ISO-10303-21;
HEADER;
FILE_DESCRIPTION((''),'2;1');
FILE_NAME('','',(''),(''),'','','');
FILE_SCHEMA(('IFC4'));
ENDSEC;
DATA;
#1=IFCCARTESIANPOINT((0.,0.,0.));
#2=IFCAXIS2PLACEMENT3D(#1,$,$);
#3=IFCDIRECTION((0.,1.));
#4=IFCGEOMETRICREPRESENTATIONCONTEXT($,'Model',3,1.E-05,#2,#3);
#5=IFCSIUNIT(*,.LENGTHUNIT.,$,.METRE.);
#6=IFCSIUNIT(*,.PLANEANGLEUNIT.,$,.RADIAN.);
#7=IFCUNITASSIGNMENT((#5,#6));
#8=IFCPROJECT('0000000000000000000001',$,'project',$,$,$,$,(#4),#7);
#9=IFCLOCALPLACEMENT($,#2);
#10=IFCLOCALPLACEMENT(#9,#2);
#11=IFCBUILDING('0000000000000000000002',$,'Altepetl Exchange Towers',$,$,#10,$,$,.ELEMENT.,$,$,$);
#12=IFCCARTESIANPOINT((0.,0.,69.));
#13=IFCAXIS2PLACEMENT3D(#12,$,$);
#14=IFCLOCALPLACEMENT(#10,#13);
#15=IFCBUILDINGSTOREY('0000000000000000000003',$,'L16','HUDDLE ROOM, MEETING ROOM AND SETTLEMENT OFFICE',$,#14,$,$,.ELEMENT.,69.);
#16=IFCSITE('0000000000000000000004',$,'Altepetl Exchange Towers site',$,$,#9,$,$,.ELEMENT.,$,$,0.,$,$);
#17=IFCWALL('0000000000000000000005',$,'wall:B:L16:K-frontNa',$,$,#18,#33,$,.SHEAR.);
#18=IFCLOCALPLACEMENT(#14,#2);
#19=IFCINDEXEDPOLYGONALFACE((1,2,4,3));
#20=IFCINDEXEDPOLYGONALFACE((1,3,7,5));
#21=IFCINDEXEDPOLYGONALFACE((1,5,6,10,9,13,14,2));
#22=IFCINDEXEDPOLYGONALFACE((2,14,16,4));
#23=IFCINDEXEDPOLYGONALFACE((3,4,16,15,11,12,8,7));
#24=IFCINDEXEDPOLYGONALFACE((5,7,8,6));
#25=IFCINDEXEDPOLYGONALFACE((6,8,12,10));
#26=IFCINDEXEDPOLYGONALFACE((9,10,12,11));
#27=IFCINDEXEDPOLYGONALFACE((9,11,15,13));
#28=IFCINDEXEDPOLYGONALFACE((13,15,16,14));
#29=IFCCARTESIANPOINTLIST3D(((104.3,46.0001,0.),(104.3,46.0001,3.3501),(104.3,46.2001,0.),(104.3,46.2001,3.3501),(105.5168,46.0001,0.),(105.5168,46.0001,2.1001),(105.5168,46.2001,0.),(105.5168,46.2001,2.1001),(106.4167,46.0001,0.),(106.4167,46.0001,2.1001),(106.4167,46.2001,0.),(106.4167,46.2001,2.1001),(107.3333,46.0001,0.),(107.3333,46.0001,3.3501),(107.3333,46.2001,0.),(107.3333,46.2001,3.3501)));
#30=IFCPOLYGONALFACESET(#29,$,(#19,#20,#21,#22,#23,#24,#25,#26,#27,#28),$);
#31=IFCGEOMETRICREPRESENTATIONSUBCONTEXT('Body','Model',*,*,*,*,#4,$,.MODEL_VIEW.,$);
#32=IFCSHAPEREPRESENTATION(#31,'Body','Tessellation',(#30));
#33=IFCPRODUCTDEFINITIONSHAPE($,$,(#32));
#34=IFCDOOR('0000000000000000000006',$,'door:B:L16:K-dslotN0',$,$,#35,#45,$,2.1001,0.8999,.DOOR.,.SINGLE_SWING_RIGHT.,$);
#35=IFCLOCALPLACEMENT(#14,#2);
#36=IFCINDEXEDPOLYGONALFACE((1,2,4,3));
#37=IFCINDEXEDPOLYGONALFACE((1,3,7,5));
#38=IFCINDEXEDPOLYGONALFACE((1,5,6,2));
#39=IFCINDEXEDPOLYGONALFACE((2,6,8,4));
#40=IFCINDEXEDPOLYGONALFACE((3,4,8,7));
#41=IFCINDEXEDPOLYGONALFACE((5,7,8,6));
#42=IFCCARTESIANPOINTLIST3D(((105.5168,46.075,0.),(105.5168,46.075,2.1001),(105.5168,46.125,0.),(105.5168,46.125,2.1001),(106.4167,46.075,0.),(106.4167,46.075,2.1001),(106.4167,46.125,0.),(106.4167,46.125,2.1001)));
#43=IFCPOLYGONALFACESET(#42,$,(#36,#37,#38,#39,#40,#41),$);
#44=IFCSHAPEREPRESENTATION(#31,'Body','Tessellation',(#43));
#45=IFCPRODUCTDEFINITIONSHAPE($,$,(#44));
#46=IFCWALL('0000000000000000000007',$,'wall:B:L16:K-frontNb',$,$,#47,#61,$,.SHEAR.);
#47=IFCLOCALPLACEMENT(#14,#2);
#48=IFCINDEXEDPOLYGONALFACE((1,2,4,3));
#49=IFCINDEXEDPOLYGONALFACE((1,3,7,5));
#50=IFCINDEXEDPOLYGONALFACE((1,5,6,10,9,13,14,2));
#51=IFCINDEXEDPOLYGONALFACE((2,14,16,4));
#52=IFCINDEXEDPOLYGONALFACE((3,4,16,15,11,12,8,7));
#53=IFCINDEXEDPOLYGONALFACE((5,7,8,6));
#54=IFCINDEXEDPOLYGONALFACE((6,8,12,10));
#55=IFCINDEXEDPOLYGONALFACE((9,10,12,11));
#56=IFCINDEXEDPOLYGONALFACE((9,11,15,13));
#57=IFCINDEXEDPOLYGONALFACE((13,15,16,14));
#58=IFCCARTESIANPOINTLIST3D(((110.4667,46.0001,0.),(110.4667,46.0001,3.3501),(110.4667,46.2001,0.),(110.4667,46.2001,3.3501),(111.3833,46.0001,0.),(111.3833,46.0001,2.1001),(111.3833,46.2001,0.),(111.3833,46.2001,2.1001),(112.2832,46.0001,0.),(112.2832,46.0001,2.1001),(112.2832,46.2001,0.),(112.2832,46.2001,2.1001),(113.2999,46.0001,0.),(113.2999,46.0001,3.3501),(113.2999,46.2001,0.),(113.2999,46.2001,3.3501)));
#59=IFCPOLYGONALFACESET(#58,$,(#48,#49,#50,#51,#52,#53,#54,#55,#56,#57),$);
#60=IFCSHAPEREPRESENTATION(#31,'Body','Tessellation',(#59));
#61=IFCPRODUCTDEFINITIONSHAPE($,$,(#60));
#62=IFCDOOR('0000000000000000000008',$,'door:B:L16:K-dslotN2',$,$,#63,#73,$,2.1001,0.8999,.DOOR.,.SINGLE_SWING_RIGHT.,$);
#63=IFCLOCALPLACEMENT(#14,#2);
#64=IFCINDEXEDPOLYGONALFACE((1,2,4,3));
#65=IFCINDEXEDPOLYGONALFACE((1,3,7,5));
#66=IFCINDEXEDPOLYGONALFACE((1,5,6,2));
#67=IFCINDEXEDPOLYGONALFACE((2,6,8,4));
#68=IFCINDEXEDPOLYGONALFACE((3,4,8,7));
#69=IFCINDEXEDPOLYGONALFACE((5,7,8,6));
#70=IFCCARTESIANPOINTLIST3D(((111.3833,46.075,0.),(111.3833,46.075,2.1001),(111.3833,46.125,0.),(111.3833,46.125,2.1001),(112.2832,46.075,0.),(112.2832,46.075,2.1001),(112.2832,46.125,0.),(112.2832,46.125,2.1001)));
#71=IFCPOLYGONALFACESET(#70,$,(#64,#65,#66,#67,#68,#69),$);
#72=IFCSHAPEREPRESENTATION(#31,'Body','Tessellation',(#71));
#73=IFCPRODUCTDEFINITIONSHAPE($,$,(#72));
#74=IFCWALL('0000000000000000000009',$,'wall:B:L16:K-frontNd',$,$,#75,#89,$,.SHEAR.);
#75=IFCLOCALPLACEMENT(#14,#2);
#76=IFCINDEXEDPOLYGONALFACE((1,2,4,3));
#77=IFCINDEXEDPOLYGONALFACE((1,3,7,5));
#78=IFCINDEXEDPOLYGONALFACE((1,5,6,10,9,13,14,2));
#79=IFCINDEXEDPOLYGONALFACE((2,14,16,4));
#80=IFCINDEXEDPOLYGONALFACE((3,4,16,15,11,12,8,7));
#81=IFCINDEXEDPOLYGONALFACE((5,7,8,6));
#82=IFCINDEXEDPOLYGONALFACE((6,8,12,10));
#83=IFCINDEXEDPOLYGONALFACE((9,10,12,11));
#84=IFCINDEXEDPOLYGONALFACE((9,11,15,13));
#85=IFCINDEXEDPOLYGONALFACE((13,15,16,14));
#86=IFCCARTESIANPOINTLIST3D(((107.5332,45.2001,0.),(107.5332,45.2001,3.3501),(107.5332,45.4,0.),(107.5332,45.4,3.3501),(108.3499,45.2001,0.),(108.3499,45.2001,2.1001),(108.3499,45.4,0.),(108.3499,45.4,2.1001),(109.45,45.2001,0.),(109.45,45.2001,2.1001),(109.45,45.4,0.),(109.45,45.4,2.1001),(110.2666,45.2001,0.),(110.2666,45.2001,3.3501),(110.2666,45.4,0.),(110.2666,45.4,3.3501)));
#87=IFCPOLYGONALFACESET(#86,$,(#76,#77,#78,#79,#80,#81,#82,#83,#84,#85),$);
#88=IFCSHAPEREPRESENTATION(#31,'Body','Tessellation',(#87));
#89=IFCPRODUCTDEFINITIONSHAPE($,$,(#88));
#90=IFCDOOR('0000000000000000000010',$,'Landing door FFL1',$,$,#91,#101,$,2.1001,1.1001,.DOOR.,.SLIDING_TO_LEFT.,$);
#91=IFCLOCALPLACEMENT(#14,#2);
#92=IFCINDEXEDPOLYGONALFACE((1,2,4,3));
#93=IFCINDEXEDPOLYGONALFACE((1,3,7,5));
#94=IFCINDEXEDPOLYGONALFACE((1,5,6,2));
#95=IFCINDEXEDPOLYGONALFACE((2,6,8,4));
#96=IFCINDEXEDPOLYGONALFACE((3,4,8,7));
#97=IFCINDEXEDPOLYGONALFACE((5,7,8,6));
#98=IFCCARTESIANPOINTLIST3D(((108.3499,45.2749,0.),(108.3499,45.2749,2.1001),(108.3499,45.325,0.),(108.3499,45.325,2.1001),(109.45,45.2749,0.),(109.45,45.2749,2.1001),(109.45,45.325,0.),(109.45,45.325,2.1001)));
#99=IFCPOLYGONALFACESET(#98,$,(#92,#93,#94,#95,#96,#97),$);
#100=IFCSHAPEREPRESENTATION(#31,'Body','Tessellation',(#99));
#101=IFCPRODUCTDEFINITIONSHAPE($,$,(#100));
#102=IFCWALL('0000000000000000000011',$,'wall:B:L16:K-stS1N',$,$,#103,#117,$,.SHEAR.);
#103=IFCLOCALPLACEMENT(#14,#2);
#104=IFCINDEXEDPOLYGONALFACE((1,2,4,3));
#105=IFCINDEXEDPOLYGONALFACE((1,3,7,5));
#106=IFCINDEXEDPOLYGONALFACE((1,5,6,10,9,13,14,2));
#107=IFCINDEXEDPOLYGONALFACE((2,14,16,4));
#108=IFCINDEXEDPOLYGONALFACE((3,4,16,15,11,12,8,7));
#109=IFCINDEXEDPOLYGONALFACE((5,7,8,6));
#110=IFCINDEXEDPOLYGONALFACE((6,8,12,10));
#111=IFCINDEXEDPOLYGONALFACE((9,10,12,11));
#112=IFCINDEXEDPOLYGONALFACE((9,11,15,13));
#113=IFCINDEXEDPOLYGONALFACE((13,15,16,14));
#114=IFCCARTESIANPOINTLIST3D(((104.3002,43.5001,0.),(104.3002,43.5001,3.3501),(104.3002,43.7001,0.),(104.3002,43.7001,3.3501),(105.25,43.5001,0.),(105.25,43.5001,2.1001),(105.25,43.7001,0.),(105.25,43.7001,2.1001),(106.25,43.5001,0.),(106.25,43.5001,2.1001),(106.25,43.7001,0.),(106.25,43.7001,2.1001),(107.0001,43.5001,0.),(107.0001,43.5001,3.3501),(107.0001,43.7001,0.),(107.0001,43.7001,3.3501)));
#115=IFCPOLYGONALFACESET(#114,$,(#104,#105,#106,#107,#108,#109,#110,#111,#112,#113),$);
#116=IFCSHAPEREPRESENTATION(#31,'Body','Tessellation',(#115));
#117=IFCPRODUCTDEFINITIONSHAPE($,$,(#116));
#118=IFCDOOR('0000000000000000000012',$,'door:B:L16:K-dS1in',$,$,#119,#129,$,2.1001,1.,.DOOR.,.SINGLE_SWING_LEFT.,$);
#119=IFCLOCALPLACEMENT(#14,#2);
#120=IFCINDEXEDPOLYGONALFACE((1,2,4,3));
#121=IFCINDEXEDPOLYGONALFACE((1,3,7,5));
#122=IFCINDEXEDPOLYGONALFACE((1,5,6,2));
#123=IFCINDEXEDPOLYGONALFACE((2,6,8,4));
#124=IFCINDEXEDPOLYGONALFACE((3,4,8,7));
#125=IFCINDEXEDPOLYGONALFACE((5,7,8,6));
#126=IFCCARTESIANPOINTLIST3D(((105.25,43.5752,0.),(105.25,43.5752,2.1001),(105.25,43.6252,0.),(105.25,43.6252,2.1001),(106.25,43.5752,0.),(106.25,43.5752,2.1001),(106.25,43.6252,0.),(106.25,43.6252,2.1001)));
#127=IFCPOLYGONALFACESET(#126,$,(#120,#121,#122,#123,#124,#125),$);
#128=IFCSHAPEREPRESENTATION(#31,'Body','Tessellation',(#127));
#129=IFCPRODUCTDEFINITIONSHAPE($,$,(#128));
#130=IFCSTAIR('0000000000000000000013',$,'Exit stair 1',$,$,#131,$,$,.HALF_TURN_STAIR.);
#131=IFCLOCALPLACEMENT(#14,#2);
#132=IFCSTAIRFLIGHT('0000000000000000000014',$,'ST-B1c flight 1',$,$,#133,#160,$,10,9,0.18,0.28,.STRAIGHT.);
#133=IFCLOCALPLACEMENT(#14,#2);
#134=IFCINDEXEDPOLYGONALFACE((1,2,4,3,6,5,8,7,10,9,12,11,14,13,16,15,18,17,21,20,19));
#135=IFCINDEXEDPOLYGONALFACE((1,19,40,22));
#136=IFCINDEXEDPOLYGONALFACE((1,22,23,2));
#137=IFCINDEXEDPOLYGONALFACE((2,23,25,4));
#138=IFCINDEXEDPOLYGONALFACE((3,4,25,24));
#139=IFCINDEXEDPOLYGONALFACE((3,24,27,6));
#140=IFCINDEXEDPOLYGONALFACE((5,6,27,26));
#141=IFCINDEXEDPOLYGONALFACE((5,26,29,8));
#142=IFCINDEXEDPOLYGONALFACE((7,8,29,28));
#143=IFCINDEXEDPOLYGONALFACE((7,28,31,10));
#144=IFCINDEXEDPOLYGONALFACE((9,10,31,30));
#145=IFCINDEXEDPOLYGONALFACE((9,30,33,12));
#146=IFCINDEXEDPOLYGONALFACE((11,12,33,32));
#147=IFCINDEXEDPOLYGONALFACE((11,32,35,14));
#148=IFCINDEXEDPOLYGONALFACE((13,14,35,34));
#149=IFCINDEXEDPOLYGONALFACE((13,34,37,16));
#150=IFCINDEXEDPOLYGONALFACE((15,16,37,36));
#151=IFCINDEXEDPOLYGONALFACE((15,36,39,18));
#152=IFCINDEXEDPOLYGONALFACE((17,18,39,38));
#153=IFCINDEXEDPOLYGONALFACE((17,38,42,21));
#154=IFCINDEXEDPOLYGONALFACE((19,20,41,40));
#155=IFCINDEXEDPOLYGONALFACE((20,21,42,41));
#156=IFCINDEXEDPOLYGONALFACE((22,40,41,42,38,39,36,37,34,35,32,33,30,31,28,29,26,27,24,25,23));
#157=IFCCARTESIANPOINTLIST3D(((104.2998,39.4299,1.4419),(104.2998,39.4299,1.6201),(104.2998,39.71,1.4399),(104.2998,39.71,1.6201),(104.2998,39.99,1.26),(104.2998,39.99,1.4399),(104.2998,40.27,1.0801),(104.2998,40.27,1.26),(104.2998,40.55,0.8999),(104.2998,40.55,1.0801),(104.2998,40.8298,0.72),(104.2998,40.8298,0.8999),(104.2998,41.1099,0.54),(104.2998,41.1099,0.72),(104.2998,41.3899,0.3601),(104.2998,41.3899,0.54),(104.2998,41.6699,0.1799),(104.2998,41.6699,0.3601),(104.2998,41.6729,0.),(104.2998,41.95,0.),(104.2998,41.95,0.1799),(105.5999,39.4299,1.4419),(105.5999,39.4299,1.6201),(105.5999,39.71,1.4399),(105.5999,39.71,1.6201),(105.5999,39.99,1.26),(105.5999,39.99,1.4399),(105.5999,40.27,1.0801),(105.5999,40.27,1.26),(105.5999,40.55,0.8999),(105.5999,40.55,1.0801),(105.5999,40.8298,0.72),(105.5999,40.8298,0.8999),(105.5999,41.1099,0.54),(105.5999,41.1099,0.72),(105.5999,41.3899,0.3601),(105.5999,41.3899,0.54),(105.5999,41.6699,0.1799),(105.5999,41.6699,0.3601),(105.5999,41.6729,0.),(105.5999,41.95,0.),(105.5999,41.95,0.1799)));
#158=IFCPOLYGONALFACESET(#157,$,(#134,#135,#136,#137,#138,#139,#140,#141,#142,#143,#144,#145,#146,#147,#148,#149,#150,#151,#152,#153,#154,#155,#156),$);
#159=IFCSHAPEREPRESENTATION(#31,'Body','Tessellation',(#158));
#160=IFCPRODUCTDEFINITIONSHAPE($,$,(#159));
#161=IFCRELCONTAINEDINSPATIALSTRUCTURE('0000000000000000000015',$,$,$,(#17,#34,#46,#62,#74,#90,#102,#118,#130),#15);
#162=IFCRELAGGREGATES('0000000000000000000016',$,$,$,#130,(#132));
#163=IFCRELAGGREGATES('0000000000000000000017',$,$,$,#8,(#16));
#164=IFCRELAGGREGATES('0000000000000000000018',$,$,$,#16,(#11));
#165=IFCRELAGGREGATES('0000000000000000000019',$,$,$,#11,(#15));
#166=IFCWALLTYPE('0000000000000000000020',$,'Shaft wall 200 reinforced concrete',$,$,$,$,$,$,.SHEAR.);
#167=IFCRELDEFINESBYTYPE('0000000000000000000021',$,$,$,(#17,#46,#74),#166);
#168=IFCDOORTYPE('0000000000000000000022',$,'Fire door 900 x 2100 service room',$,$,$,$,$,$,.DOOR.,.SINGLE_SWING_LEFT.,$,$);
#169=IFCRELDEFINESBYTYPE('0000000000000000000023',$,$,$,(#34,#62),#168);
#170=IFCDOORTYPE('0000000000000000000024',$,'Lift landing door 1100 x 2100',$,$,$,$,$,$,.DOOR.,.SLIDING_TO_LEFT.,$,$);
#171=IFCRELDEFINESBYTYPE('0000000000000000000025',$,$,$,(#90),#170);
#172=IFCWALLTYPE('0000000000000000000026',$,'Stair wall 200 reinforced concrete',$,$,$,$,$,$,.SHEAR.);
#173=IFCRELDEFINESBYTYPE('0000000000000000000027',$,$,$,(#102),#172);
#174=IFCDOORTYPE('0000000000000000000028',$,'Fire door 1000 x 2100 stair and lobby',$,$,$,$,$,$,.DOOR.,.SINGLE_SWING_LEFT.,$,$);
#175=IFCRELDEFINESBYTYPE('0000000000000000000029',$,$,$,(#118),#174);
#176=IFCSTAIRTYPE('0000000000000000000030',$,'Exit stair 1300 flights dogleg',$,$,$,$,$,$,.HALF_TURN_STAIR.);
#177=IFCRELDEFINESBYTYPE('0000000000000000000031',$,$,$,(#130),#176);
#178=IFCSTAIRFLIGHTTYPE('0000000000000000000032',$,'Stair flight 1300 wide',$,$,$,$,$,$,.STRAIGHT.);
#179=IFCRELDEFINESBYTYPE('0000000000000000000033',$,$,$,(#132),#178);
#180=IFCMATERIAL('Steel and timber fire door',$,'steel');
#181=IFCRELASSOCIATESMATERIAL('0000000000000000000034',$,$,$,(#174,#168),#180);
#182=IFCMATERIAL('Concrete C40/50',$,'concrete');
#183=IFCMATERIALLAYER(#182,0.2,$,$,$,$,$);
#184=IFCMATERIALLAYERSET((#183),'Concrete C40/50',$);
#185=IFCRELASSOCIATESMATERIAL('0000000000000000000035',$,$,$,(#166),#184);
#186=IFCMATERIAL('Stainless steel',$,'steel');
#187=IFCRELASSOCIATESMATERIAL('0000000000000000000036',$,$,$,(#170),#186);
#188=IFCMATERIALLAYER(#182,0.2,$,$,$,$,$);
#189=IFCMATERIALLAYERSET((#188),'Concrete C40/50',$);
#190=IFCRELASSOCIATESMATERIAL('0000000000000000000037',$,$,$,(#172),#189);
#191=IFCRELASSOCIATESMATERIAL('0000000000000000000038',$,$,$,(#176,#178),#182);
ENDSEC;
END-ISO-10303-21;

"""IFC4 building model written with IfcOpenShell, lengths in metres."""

from ifc_helpers import new_model, si_unit, direction, frame, frame_2d, origin, place, context, subcontext, project, spatial, polyline, rectangle, outline, extrude, material, layer, layer_set, type_object, element, fill, aggregate, save


model = new_model("IFC4")

# Units and contexts
model_context = context("Model", 3, precision=1e-05, world=origin(), true_north=direction((0.0, 1.0)))
body_context = subcontext(model_context, "Body", "Model", "MODEL_VIEW")
ifc_project = project(units=[si_unit("LENGTHUNIT", "METRE"), si_unit("PLANEANGLEUNIT", "RADIAN")], contexts=[model_context])

# Site, building, storey
site_placement = place(None, origin())
site = spatial("IfcSite", under=ifc_project, at=site_placement, Name="Altepetl Exchange Towers site", CompositionType="ELEMENT", RefElevation=0.0)
building_placement = place(site_placement, origin())
building = spatial("IfcBuilding", under=site, at=building_placement, Name="Altepetl Exchange Towers", CompositionType="ELEMENT")
storey_placement = place(building_placement, frame((0.0, 0.0, 69.0)))
storey = spatial("IfcBuildingStorey", under=building, at=storey_placement, Name="L16", Description="HUDDLE ROOM, MEETING ROOM AND SETTLEMENT OFFICE", CompositionType="ELEMENT", Elevation=69.0)

# Shared definitions
ifc_material_1 = material(Name="Steel and timber fire door", Category="steel")
door_type_1 = type_object("IfcDoorType", Name="Fire door 1000 x 2100 stair and lobby", OperationType="SINGLE_SWING_LEFT", PredefinedType="DOOR", material=ifc_material_1)
door_type_2 = type_object("IfcDoorType", Name="Fire door 900 x 2100 service room", OperationType="SINGLE_SWING_LEFT", PredefinedType="DOOR", material=ifc_material_1)

# Shared definitions
ifc_material_2 = material(Name="Concrete C40/50", Category="concrete")
ifc_layer_1 = layer(ifc_material_2, 0.2)
ifc_layer_set_1 = layer_set([ifc_layer_1], Name="Concrete C40/50")
wall_type_1 = type_object("IfcWallType", Name="Shaft wall 200 reinforced concrete", PredefinedType="SHEAR", material=ifc_layer_set_1)

# Walls, openings, doors
wall_1_placement = place(storey_placement, frame((104.3, 46.1001, 0.0)))
wall_1 = element("IfcWall", 1, at=wall_1_placement, inside=storey, type_object=wall_type_1, Name="wall:B:L16:K-frontNa", PredefinedType="SHEAR", context=body_context, shape_type="SweptSolid", body=[
    extrude(rectangle(XDim=3.0332, YDim=0.2, at=frame_2d((1.5166, 0.0))), origin(), (0.0, 0.0, 1.0), 3.3501),
])
opening_1_placement = place(wall_1_placement, frame((1.2168, 0.0, 0.0)))
opening_1 = element("IfcOpeningElement", 2, at=opening_1_placement, cuts=wall_1, PredefinedType="OPENING", context=body_context, shape_type="SweptSolid", body=[
    extrude(rectangle(XDim=0.8999, YDim=2.1001, at=frame_2d((0.45, 1.05))), frame((0.0, 0.1099, 0.0), z_axis=(0.0, -1.0, 0.0), x_axis=(1.0, 0.0, 0.0)), (0.0, 0.0, 1.0), 0.22),
])
door_1_placement = place(opening_1_placement, origin())
door_1 = element("IfcDoor", 3, at=door_1_placement, inside=storey, type_object=door_type_2, Name="door:B:L16:K-dslotN0", OperationType="SINGLE_SWING_RIGHT", OverallHeight=2.1001, OverallWidth=0.8999, PredefinedType="DOOR", context=body_context, shape_type="SweptSolid", body=[
    extrude(rectangle(XDim=0.8999, YDim=2.1001, at=frame_2d((0.45, 1.05))), frame((0.0, 0.0249, 0.0), z_axis=(0.0, -1.0, 0.0), x_axis=(1.0, 0.0, 0.0)), (0.0, 0.0, 1.0), 0.05),
])
fill(opening_1, door_1)
wall_2_placement = place(storey_placement, frame((110.4668, 46.1001, 0.0)))
wall_2 = element("IfcWall", 4, at=wall_2_placement, inside=storey, type_object=wall_type_1, Name="wall:B:L16:K-frontNb", PredefinedType="SHEAR", context=body_context, shape_type="SweptSolid", body=[
    extrude(rectangle(XDim=2.8333, YDim=0.2, at=frame_2d((1.4165, 0.0))), origin(), (0.0, 0.0, 1.0), 3.3501),
])
opening_2_placement = place(wall_2_placement, frame((0.9165, 0.0, 0.0)))
opening_2 = element("IfcOpeningElement", 5, at=opening_2_placement, cuts=wall_2, PredefinedType="OPENING", context=body_context, shape_type="SweptSolid", body=[
    extrude(rectangle(XDim=0.8999, YDim=2.1001, at=frame_2d((0.45, 1.05))), frame((0.0, 0.1099, 0.0), z_axis=(0.0, -1.0, 0.0), x_axis=(1.0, 0.0, 0.0)), (0.0, 0.0, 1.0), 0.22),
])
door_2_placement = place(opening_2_placement, origin())
door_2 = element("IfcDoor", 6, at=door_2_placement, inside=storey, type_object=door_type_2, Name="door:B:L16:K-dslotN2", OperationType="SINGLE_SWING_RIGHT", OverallHeight=2.1001, OverallWidth=0.8999, PredefinedType="DOOR", context=body_context, shape_type="SweptSolid", body=[
    extrude(rectangle(XDim=0.8999, YDim=2.1001, at=frame_2d((0.45, 1.05))), frame((0.0, 0.0249, 0.0), z_axis=(0.0, -1.0, 0.0), x_axis=(1.0, 0.0, 0.0)), (0.0, 0.0, 1.0), 0.05),
])
fill(opening_2, door_2)
wall_3_placement = place(storey_placement, frame((107.5332, 45.3, 0.0)))
wall_3 = element("IfcWall", 7, at=wall_3_placement, inside=storey, type_object=wall_type_1, Name="wall:B:L16:K-frontNd", PredefinedType="SHEAR", context=body_context, shape_type="SweptSolid", body=[
    extrude(rectangle(XDim=2.7334, YDim=0.2, at=frame_2d((1.3667, 0.0))), origin(), (0.0, 0.0, 1.0), 3.3501),
])
opening_3_placement = place(wall_3_placement, frame((0.8167, 0.0, 0.0)))
opening_3 = element("IfcOpeningElement", 8, at=opening_3_placement, cuts=wall_3, PredefinedType="OPENING", context=body_context, shape_type="SweptSolid", body=[
    extrude(rectangle(XDim=1.1001, YDim=2.1001, at=frame_2d((0.55, 1.05))), frame((0.0, 0.1099, 0.0), z_axis=(0.0, -1.0, 0.0), x_axis=(1.0, 0.0, 0.0)), (0.0, 0.0, 1.0), 0.22),
])
ifc_material_3 = material(Name="Stainless steel", Category="steel")
door_type_3 = type_object("IfcDoorType", Name="Lift landing door 1100 x 2100", OperationType="SLIDING_TO_LEFT", PredefinedType="DOOR", material=ifc_material_3)
door_3_placement = place(opening_3_placement, origin())
door_3 = element("IfcDoor", 9, at=door_3_placement, inside=storey, type_object=door_type_3, Name="Landing door FFL1", OperationType="SLIDING_TO_LEFT", OverallHeight=2.1001, OverallWidth=1.1001, PredefinedType="DOOR", context=body_context, shape_type="SweptSolid", body=[
    extrude(rectangle(XDim=1.1001, YDim=2.1001, at=frame_2d((0.55, 1.05))), frame((0.0, 0.0249, 0.0), z_axis=(0.0, -1.0, 0.0), x_axis=(1.0, 0.0, 0.0)), (0.0, 0.0, 1.0), 0.05),
])
fill(opening_3, door_3)
ifc_layer_2 = layer(ifc_material_2, 0.2)
ifc_layer_set_2 = layer_set([ifc_layer_2], Name="Concrete C40/50")
wall_type_2 = type_object("IfcWallType", Name="Stair wall 200 reinforced concrete", PredefinedType="SHEAR", material=ifc_layer_set_2)
wall_4_placement = place(storey_placement, frame((104.3, 43.6001, 0.0)))
wall_4 = element("IfcWall", 10, at=wall_4_placement, inside=storey, type_object=wall_type_2, Name="wall:B:L16:K-stS1N", PredefinedType="SHEAR", context=body_context, shape_type="SweptSolid", body=[
    extrude(rectangle(XDim=2.7, YDim=0.2, at=frame_2d((1.3501, 0.0))), origin(), (0.0, 0.0, 1.0), 3.3501),
])
opening_4_placement = place(wall_4_placement, frame((0.95, 0.0, 0.0)))
opening_4 = element("IfcOpeningElement", 11, at=opening_4_placement, cuts=wall_4, PredefinedType="OPENING", context=body_context, shape_type="SweptSolid", body=[
    extrude(rectangle(XDim=1.0, YDim=2.1001, at=frame_2d((0.5, 1.05))), frame((0.0, 0.1099, 0.0), z_axis=(0.0, -1.0, 0.0), x_axis=(1.0, 0.0, 0.0)), (0.0, 0.0, 1.0), 0.22),
])
door_4_placement = place(opening_4_placement, frame((1.0, 0.0, 0.0), x_axis=(-1.0, 0.0, 0.0)))
door_4 = element("IfcDoor", 12, at=door_4_placement, inside=storey, type_object=door_type_1, Name="door:B:L16:K-dS1in", OperationType="SINGLE_SWING_LEFT", OverallHeight=2.1001, OverallWidth=1.0, PredefinedType="DOOR", context=body_context, shape_type="SweptSolid", body=[
    extrude(rectangle(XDim=1.0, YDim=2.1001, at=frame_2d((0.5, 1.05))), frame((0.0, 0.0249, 0.0), z_axis=(0.0, -1.0, 0.0), x_axis=(1.0, 0.0, 0.0)), (0.0, 0.0, 1.0), 0.05),
])
fill(opening_4, door_4)

# Stair, stair flight
stair_type = type_object("IfcStairType", Name="Exit stair 1300 flights dogleg", PredefinedType="HALF_TURN_STAIR", material=ifc_material_2)
stair_1_placement = place(storey_placement, origin())
stair_1 = element("IfcStair", 13, at=stair_1_placement, inside=storey, type_object=stair_type, Name="Exit stair 1", PredefinedType="HALF_TURN_STAIR")
stair_flight_type = type_object("IfcStairFlightType", Name="Stair flight 1300 wide", PredefinedType="STRAIGHT", material=ifc_material_2)
stair_flight_1_placement = place(storey_placement, frame((104.95, 41.95, 0.0), z_axis=(0.0, 0.0, 1.0), x_axis=(0.0, -1.0, 0.0)))
stair_flight_1 = element("IfcStairFlight", 14, at=stair_flight_1_placement, type_object=stair_flight_type, Name="ST-B1c flight 1", NumberOfRisers=10, NumberOfTreads=9, PredefinedType="STRAIGHT", RiserHeight=0.18, TreadLength=0.28, context=body_context, shape_type="SweptSolid", body=[
    extrude(outline(polyline([(0.0, 0.0), (0.0, 0.1799), (0.28, 0.1799), (0.28, 0.3601), (0.5601, 0.3601), (0.5601, 0.54), (0.8401, 0.54), (0.8401, 0.72), (1.1201, 0.72), (1.1201, 0.8999), (1.3999, 0.8999), (1.3999, 1.0801), (1.6799, 1.0801), (1.6799, 1.26), (1.96, 1.26), (1.96, 1.4399), (2.24, 1.4399), (2.24, 1.6201), (2.52, 1.6201), (2.52, 1.8), (2.52, 1.4419), (0.2771, 0.0), (0.0, 0.0)])), frame((0.0, 0.6499, 0.0), z_axis=(0.0, -1.0, 0.0), x_axis=(1.0, 0.0, 0.0)), (0.0, 0.0, 1.0), 1.3),
])
aggregate(stair_1, [stair_flight_1])

save(model, "model.ifc")
